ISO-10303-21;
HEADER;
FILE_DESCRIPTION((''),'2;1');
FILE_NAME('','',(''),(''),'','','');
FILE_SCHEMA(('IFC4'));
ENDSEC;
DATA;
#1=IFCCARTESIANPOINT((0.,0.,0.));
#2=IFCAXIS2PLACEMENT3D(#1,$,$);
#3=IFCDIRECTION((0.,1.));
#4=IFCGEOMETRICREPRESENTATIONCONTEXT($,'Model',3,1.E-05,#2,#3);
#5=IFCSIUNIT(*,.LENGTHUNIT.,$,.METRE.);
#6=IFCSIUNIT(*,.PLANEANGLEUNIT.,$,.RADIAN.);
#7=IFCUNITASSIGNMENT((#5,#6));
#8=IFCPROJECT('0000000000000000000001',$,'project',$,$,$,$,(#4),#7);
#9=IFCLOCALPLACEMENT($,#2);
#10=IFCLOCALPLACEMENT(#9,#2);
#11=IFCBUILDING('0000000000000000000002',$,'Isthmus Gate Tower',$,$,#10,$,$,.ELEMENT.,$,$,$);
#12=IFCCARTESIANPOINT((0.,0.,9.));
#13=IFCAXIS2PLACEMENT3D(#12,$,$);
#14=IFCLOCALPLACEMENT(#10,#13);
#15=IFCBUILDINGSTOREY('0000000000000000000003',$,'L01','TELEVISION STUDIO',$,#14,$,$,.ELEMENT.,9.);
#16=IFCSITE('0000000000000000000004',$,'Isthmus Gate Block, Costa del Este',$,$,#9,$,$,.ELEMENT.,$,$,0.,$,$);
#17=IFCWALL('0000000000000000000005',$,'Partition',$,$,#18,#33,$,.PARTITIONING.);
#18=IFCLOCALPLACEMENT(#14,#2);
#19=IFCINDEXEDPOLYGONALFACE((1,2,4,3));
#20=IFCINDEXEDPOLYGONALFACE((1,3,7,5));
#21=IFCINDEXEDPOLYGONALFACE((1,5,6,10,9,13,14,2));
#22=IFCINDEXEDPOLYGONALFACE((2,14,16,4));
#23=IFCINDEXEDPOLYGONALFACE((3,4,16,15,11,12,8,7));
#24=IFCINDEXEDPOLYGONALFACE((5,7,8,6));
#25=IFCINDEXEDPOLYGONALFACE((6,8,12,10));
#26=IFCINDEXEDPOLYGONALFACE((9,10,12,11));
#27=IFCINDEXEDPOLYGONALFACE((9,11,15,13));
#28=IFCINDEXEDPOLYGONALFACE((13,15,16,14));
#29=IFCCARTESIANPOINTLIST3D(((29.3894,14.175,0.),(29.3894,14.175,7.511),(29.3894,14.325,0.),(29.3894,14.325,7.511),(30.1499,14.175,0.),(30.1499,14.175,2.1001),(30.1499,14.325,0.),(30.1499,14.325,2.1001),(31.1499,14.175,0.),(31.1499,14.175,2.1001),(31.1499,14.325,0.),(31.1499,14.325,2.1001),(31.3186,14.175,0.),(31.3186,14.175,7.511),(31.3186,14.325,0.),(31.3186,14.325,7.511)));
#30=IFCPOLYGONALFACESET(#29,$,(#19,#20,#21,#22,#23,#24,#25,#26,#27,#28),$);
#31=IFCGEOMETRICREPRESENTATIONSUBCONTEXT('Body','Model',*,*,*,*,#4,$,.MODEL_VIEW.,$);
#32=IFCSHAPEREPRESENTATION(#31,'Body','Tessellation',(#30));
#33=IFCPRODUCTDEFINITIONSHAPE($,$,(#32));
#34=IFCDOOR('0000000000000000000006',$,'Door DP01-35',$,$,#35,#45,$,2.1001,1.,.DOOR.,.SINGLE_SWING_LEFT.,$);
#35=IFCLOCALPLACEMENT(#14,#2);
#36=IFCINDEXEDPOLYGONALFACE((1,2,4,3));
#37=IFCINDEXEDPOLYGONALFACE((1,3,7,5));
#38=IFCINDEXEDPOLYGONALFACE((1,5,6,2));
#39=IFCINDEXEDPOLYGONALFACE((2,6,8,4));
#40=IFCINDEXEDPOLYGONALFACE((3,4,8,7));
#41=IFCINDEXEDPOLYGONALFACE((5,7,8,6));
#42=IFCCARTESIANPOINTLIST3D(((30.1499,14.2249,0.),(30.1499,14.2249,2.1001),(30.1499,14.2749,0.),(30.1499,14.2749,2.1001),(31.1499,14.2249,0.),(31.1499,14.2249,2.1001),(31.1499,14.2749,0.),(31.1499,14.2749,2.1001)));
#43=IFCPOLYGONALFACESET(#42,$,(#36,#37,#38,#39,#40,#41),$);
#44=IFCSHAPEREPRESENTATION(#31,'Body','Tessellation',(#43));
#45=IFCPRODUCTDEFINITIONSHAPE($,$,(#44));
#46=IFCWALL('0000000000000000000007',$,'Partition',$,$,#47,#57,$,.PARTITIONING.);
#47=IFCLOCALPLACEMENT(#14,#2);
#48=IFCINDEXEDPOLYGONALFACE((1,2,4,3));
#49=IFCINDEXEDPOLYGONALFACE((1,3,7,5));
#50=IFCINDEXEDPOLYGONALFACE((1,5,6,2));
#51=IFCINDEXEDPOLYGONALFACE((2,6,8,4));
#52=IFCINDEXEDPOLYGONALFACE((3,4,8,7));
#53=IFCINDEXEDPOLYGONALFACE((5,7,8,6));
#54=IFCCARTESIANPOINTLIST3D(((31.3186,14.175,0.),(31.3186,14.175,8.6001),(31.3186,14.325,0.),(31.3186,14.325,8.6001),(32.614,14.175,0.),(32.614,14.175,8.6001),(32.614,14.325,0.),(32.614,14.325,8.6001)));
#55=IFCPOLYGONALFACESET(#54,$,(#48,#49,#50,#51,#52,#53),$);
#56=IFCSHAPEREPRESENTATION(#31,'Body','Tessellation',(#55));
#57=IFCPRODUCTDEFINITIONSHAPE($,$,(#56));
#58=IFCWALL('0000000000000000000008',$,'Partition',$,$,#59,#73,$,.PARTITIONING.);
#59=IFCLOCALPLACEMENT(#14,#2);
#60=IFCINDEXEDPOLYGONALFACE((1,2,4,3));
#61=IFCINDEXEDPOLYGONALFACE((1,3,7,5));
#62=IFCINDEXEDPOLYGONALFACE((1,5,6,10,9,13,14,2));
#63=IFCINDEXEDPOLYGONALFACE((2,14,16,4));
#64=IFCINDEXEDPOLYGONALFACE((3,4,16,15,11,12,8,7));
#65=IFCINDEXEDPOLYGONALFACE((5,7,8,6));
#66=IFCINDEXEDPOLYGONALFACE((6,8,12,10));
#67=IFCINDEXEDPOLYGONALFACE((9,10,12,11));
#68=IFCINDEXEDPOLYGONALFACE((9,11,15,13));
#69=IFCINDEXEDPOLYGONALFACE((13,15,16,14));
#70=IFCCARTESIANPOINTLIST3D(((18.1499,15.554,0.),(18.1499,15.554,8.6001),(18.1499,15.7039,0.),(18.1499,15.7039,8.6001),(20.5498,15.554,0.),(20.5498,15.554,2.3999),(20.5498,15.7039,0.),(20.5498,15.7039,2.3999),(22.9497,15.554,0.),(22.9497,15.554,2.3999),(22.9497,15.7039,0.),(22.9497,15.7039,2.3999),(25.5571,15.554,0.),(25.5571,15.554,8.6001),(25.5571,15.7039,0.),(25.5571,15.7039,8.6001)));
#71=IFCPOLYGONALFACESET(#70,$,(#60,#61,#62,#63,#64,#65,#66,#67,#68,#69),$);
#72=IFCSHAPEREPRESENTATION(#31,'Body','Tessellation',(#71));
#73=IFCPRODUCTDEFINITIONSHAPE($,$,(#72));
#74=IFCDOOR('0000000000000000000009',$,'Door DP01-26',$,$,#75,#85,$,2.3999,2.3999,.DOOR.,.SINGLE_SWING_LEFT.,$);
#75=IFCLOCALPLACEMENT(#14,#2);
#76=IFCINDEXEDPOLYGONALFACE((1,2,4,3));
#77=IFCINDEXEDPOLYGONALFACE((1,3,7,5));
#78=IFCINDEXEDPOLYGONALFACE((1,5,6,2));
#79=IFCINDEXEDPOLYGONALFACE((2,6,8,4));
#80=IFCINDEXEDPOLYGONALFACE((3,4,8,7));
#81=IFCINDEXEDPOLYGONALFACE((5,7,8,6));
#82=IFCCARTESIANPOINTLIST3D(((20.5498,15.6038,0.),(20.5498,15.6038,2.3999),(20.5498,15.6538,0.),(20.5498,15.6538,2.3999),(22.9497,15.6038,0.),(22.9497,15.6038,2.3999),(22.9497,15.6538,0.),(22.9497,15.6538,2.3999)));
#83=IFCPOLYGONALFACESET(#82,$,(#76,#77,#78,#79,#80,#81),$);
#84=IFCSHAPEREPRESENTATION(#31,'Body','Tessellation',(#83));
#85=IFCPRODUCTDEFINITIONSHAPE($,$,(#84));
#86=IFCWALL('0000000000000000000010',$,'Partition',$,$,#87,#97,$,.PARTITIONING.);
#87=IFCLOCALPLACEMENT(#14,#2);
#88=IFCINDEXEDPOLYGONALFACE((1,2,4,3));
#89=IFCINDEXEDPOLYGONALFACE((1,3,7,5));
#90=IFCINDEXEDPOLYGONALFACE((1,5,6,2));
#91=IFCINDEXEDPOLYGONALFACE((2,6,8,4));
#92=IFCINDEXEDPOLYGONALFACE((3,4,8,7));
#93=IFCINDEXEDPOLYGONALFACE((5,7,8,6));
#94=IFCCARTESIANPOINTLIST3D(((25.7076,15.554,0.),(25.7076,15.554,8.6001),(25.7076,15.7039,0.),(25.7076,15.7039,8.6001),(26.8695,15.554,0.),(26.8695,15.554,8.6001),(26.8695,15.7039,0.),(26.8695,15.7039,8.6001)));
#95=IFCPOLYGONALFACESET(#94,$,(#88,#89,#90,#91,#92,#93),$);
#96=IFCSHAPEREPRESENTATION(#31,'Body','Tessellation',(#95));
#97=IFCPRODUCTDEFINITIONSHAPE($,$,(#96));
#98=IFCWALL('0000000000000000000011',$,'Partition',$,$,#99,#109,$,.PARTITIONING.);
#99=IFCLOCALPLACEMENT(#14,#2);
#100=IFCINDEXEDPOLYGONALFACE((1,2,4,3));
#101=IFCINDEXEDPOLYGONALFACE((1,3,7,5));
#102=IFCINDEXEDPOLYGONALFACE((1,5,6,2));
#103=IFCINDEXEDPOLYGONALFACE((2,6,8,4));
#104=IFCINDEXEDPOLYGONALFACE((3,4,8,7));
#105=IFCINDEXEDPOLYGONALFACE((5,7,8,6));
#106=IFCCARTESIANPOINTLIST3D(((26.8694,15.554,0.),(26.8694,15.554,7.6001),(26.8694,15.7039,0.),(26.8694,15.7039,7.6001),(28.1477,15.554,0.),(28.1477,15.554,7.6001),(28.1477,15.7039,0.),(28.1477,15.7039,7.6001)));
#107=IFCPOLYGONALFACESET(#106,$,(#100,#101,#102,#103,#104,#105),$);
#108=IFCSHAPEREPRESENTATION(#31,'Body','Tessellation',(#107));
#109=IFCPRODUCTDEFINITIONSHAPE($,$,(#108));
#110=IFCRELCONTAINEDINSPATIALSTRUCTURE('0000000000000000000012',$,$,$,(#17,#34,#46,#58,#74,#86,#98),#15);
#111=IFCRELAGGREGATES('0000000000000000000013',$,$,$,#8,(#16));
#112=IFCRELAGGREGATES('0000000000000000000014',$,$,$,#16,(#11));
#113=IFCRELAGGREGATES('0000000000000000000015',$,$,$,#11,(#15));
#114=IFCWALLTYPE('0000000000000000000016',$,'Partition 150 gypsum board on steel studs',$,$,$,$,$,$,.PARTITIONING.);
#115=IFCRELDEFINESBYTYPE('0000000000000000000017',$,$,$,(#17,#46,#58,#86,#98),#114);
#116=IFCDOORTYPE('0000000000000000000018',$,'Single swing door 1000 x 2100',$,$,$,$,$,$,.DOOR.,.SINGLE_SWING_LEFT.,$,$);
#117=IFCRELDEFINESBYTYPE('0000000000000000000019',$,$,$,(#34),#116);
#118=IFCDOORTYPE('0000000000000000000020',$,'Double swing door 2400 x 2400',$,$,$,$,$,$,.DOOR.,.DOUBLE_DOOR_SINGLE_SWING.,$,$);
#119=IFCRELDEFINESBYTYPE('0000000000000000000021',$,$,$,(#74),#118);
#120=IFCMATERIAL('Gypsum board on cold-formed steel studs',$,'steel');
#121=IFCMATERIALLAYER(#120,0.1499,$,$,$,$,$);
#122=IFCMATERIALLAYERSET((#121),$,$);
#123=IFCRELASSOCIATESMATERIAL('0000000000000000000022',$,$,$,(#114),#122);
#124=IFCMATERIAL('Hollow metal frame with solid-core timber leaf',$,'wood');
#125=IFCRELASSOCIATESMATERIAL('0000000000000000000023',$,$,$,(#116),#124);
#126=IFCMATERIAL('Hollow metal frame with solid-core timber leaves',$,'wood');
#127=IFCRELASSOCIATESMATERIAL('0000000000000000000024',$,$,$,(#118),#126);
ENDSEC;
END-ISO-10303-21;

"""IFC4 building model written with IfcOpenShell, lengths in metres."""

from ifc_helpers import new_model, si_unit, direction, frame, frame_2d, origin, place, context, subcontext, project, spatial, rectangle, extrude, material, layer, layer_set, type_object, element, fill, save


model = new_model("IFC4")

# Units and contexts
model_context = context("Model", 3, precision=1e-05, world=origin(), true_north=direction((0.0, 1.0)))
body_context = subcontext(model_context, "Body", "Model", "MODEL_VIEW")
ifc_project = project(units=[si_unit("LENGTHUNIT", "METRE"), si_unit("PLANEANGLEUNIT", "RADIAN")], contexts=[model_context])

# Site, building, storey
site_placement = place(None, origin())
site = spatial("IfcSite", under=ifc_project, at=site_placement, Name="Isthmus Gate Block, Costa del Este", CompositionType="ELEMENT", RefElevation=0.0)
building_placement = place(site_placement, origin())
building = spatial("IfcBuilding", under=site, at=building_placement, Name="Isthmus Gate Tower", CompositionType="ELEMENT")
storey_placement = place(building_placement, frame((0.0, 0.0, 9.0)))
storey = spatial("IfcBuildingStorey", under=building, at=storey_placement, Name="L01", Description="TELEVISION STUDIO", CompositionType="ELEMENT", Elevation=9.0)

# Shared definitions
ifc_material_1 = material(Name="Gypsum board on cold-formed steel studs", Category="steel")
ifc_layer_1 = layer(ifc_material_1, 0.1499)
ifc_layer_set_1 = layer_set([ifc_layer_1])
wall_type_1 = type_object("IfcWallType", Name="Partition 150 gypsum board on steel studs", PredefinedType="PARTITIONING", material=ifc_layer_set_1)

# Wall, opening, door
wall_1_placement = place(storey_placement, frame((29.3894, 14.25, 0.0), z_axis=(0.0, 0.0, 1.0), x_axis=(1.0, 0.0, 0.0)))
wall_1 = element("IfcWall", 1, at=wall_1_placement, inside=storey, type_object=wall_type_1, Name="Partition", PredefinedType="PARTITIONING", context=body_context, shape_type="SweptSolid", body=[
    extrude(rectangle(XDim=1.9292, YDim=0.1499, at=frame_2d((0.9646, 0.0))), origin(), (0.0, 0.0, 1.0), 7.511),
])
opening_1_placement = place(wall_1_placement, frame((0.7605, 0.0, 0.0)))
opening_1 = element("IfcOpeningElement", 2, at=opening_1_placement, cuts=wall_1, PredefinedType="OPENING", context=body_context, shape_type="SweptSolid", body=[
    extrude(rectangle(XDim=1.0, YDim=2.1001, at=frame_2d((0.5, 1.05))), frame((0.0, 0.085, 0.0), z_axis=(0.0, -1.0, 0.0), x_axis=(1.0, 0.0, 0.0)), (0.0, 0.0, 1.0), 0.1699),
])
ifc_material_2 = material(Name="Hollow metal frame with solid-core timber leaf", Category="wood")
door_type_1 = type_object("IfcDoorType", Name="Single swing door 1000 x 2100", OperationType="SINGLE_SWING_LEFT", PredefinedType="DOOR", material=ifc_material_2)
door_1_placement = place(opening_1_placement, origin())
door_1 = element("IfcDoor", 3, at=door_1_placement, inside=storey, type_object=door_type_1, Name="Door DP01-35", OperationType="SINGLE_SWING_LEFT", OverallHeight=2.1001, OverallWidth=1.0, PredefinedType="DOOR", context=body_context, shape_type="SweptSolid", body=[
    extrude(rectangle(XDim=1.0, YDim=2.1001, at=frame_2d((0.5, 1.05))), frame((0.0, 0.0249, 0.0), z_axis=(0.0, -1.0, 0.0), x_axis=(1.0, 0.0, 0.0)), (0.0, 0.0, 1.0), 0.05),
])
fill(opening_1, door_1)

# Wall
wall_2_placement = place(storey_placement, frame((31.3186, 14.25, 0.0), z_axis=(0.0, 0.0, 1.0), x_axis=(1.0, 0.0, 0.0)))
element("IfcWall", 4, at=wall_2_placement, inside=storey, type_object=wall_type_1, Name="Partition", PredefinedType="PARTITIONING", context=body_context, shape_type="SweptSolid", body=[
    extrude(rectangle(XDim=1.2954, YDim=0.1499, at=frame_2d((0.6477, 0.0))), origin(), (0.0, 0.0, 1.0), 8.6001),
])

# Wall, opening, door
wall_3_placement = place(storey_placement, frame((18.1499, 15.6289, 0.0), z_axis=(0.0, 0.0, 1.0), x_axis=(1.0, 0.0, 0.0)))
wall_3 = element("IfcWall", 5, at=wall_3_placement, inside=storey, type_object=wall_type_1, Name="Partition", PredefinedType="PARTITIONING", context=body_context, shape_type="SweptSolid", body=[
    extrude(rectangle(XDim=7.4072, YDim=0.1499, at=frame_2d((3.7036, 0.0))), origin(), (0.0, 0.0, 1.0), 8.6001),
])
opening_2_placement = place(wall_3_placement, frame((2.3999, 0.0, 0.0)))
opening_2 = element("IfcOpeningElement", 6, at=opening_2_placement, cuts=wall_3, PredefinedType="OPENING", context=body_context, shape_type="SweptSolid", body=[
    extrude(rectangle(XDim=2.3999, YDim=2.3999, at=frame_2d((1.2, 1.2))), frame((0.0, 0.085, 0.0), z_axis=(0.0, -1.0, 0.0), x_axis=(1.0, 0.0, 0.0)), (0.0, 0.0, 1.0), 0.1699),
])
ifc_material_3 = material(Name="Hollow metal frame with solid-core timber leaves", Category="wood")
door_type_2 = type_object("IfcDoorType", Name="Double swing door 2400 x 2400", OperationType="DOUBLE_DOOR_SINGLE_SWING", PredefinedType="DOOR", material=ifc_material_3)
door_2_placement = place(opening_2_placement, origin())
door_2 = element("IfcDoor", 7, at=door_2_placement, inside=storey, type_object=door_type_2, Name="Door DP01-26", OperationType="SINGLE_SWING_LEFT", OverallHeight=2.3999, OverallWidth=2.3999, PredefinedType="DOOR", context=body_context, shape_type="SweptSolid", body=[
    extrude(rectangle(XDim=2.3999, YDim=2.3999, at=frame_2d((1.2, 1.2))), frame((0.0, 0.0249, 0.0), z_axis=(0.0, -1.0, 0.0), x_axis=(1.0, 0.0, 0.0)), (0.0, 0.0, 1.0), 0.05),
])
fill(opening_2, door_2)

# Walls
wall_4_placement = place(storey_placement, frame((25.7075, 15.6289, 0.0), z_axis=(0.0, 0.0, 1.0), x_axis=(1.0, 0.0, 0.0)))
element("IfcWall", 8, at=wall_4_placement, inside=storey, type_object=wall_type_1, Name="Partition", PredefinedType="PARTITIONING", context=body_context, shape_type="SweptSolid", body=[
    extrude(rectangle(XDim=1.1619, YDim=0.1499, at=frame_2d((0.5811, 0.0))), origin(), (0.0, 0.0, 1.0), 8.6001),
])
wall_5_placement = place(storey_placement, frame((26.8694, 15.6289, 0.0), z_axis=(0.0, 0.0, 1.0), x_axis=(1.0, 0.0, 0.0)))
element("IfcWall", 9, at=wall_5_placement, inside=storey, type_object=wall_type_1, Name="Partition", PredefinedType="PARTITIONING", context=body_context, shape_type="SweptSolid", body=[
    extrude(rectangle(XDim=1.2783, YDim=0.1499, at=frame_2d((0.6392, 0.0))), origin(), (0.0, 0.0, 1.0), 7.6001),
])

save(model, "model.ifc")
